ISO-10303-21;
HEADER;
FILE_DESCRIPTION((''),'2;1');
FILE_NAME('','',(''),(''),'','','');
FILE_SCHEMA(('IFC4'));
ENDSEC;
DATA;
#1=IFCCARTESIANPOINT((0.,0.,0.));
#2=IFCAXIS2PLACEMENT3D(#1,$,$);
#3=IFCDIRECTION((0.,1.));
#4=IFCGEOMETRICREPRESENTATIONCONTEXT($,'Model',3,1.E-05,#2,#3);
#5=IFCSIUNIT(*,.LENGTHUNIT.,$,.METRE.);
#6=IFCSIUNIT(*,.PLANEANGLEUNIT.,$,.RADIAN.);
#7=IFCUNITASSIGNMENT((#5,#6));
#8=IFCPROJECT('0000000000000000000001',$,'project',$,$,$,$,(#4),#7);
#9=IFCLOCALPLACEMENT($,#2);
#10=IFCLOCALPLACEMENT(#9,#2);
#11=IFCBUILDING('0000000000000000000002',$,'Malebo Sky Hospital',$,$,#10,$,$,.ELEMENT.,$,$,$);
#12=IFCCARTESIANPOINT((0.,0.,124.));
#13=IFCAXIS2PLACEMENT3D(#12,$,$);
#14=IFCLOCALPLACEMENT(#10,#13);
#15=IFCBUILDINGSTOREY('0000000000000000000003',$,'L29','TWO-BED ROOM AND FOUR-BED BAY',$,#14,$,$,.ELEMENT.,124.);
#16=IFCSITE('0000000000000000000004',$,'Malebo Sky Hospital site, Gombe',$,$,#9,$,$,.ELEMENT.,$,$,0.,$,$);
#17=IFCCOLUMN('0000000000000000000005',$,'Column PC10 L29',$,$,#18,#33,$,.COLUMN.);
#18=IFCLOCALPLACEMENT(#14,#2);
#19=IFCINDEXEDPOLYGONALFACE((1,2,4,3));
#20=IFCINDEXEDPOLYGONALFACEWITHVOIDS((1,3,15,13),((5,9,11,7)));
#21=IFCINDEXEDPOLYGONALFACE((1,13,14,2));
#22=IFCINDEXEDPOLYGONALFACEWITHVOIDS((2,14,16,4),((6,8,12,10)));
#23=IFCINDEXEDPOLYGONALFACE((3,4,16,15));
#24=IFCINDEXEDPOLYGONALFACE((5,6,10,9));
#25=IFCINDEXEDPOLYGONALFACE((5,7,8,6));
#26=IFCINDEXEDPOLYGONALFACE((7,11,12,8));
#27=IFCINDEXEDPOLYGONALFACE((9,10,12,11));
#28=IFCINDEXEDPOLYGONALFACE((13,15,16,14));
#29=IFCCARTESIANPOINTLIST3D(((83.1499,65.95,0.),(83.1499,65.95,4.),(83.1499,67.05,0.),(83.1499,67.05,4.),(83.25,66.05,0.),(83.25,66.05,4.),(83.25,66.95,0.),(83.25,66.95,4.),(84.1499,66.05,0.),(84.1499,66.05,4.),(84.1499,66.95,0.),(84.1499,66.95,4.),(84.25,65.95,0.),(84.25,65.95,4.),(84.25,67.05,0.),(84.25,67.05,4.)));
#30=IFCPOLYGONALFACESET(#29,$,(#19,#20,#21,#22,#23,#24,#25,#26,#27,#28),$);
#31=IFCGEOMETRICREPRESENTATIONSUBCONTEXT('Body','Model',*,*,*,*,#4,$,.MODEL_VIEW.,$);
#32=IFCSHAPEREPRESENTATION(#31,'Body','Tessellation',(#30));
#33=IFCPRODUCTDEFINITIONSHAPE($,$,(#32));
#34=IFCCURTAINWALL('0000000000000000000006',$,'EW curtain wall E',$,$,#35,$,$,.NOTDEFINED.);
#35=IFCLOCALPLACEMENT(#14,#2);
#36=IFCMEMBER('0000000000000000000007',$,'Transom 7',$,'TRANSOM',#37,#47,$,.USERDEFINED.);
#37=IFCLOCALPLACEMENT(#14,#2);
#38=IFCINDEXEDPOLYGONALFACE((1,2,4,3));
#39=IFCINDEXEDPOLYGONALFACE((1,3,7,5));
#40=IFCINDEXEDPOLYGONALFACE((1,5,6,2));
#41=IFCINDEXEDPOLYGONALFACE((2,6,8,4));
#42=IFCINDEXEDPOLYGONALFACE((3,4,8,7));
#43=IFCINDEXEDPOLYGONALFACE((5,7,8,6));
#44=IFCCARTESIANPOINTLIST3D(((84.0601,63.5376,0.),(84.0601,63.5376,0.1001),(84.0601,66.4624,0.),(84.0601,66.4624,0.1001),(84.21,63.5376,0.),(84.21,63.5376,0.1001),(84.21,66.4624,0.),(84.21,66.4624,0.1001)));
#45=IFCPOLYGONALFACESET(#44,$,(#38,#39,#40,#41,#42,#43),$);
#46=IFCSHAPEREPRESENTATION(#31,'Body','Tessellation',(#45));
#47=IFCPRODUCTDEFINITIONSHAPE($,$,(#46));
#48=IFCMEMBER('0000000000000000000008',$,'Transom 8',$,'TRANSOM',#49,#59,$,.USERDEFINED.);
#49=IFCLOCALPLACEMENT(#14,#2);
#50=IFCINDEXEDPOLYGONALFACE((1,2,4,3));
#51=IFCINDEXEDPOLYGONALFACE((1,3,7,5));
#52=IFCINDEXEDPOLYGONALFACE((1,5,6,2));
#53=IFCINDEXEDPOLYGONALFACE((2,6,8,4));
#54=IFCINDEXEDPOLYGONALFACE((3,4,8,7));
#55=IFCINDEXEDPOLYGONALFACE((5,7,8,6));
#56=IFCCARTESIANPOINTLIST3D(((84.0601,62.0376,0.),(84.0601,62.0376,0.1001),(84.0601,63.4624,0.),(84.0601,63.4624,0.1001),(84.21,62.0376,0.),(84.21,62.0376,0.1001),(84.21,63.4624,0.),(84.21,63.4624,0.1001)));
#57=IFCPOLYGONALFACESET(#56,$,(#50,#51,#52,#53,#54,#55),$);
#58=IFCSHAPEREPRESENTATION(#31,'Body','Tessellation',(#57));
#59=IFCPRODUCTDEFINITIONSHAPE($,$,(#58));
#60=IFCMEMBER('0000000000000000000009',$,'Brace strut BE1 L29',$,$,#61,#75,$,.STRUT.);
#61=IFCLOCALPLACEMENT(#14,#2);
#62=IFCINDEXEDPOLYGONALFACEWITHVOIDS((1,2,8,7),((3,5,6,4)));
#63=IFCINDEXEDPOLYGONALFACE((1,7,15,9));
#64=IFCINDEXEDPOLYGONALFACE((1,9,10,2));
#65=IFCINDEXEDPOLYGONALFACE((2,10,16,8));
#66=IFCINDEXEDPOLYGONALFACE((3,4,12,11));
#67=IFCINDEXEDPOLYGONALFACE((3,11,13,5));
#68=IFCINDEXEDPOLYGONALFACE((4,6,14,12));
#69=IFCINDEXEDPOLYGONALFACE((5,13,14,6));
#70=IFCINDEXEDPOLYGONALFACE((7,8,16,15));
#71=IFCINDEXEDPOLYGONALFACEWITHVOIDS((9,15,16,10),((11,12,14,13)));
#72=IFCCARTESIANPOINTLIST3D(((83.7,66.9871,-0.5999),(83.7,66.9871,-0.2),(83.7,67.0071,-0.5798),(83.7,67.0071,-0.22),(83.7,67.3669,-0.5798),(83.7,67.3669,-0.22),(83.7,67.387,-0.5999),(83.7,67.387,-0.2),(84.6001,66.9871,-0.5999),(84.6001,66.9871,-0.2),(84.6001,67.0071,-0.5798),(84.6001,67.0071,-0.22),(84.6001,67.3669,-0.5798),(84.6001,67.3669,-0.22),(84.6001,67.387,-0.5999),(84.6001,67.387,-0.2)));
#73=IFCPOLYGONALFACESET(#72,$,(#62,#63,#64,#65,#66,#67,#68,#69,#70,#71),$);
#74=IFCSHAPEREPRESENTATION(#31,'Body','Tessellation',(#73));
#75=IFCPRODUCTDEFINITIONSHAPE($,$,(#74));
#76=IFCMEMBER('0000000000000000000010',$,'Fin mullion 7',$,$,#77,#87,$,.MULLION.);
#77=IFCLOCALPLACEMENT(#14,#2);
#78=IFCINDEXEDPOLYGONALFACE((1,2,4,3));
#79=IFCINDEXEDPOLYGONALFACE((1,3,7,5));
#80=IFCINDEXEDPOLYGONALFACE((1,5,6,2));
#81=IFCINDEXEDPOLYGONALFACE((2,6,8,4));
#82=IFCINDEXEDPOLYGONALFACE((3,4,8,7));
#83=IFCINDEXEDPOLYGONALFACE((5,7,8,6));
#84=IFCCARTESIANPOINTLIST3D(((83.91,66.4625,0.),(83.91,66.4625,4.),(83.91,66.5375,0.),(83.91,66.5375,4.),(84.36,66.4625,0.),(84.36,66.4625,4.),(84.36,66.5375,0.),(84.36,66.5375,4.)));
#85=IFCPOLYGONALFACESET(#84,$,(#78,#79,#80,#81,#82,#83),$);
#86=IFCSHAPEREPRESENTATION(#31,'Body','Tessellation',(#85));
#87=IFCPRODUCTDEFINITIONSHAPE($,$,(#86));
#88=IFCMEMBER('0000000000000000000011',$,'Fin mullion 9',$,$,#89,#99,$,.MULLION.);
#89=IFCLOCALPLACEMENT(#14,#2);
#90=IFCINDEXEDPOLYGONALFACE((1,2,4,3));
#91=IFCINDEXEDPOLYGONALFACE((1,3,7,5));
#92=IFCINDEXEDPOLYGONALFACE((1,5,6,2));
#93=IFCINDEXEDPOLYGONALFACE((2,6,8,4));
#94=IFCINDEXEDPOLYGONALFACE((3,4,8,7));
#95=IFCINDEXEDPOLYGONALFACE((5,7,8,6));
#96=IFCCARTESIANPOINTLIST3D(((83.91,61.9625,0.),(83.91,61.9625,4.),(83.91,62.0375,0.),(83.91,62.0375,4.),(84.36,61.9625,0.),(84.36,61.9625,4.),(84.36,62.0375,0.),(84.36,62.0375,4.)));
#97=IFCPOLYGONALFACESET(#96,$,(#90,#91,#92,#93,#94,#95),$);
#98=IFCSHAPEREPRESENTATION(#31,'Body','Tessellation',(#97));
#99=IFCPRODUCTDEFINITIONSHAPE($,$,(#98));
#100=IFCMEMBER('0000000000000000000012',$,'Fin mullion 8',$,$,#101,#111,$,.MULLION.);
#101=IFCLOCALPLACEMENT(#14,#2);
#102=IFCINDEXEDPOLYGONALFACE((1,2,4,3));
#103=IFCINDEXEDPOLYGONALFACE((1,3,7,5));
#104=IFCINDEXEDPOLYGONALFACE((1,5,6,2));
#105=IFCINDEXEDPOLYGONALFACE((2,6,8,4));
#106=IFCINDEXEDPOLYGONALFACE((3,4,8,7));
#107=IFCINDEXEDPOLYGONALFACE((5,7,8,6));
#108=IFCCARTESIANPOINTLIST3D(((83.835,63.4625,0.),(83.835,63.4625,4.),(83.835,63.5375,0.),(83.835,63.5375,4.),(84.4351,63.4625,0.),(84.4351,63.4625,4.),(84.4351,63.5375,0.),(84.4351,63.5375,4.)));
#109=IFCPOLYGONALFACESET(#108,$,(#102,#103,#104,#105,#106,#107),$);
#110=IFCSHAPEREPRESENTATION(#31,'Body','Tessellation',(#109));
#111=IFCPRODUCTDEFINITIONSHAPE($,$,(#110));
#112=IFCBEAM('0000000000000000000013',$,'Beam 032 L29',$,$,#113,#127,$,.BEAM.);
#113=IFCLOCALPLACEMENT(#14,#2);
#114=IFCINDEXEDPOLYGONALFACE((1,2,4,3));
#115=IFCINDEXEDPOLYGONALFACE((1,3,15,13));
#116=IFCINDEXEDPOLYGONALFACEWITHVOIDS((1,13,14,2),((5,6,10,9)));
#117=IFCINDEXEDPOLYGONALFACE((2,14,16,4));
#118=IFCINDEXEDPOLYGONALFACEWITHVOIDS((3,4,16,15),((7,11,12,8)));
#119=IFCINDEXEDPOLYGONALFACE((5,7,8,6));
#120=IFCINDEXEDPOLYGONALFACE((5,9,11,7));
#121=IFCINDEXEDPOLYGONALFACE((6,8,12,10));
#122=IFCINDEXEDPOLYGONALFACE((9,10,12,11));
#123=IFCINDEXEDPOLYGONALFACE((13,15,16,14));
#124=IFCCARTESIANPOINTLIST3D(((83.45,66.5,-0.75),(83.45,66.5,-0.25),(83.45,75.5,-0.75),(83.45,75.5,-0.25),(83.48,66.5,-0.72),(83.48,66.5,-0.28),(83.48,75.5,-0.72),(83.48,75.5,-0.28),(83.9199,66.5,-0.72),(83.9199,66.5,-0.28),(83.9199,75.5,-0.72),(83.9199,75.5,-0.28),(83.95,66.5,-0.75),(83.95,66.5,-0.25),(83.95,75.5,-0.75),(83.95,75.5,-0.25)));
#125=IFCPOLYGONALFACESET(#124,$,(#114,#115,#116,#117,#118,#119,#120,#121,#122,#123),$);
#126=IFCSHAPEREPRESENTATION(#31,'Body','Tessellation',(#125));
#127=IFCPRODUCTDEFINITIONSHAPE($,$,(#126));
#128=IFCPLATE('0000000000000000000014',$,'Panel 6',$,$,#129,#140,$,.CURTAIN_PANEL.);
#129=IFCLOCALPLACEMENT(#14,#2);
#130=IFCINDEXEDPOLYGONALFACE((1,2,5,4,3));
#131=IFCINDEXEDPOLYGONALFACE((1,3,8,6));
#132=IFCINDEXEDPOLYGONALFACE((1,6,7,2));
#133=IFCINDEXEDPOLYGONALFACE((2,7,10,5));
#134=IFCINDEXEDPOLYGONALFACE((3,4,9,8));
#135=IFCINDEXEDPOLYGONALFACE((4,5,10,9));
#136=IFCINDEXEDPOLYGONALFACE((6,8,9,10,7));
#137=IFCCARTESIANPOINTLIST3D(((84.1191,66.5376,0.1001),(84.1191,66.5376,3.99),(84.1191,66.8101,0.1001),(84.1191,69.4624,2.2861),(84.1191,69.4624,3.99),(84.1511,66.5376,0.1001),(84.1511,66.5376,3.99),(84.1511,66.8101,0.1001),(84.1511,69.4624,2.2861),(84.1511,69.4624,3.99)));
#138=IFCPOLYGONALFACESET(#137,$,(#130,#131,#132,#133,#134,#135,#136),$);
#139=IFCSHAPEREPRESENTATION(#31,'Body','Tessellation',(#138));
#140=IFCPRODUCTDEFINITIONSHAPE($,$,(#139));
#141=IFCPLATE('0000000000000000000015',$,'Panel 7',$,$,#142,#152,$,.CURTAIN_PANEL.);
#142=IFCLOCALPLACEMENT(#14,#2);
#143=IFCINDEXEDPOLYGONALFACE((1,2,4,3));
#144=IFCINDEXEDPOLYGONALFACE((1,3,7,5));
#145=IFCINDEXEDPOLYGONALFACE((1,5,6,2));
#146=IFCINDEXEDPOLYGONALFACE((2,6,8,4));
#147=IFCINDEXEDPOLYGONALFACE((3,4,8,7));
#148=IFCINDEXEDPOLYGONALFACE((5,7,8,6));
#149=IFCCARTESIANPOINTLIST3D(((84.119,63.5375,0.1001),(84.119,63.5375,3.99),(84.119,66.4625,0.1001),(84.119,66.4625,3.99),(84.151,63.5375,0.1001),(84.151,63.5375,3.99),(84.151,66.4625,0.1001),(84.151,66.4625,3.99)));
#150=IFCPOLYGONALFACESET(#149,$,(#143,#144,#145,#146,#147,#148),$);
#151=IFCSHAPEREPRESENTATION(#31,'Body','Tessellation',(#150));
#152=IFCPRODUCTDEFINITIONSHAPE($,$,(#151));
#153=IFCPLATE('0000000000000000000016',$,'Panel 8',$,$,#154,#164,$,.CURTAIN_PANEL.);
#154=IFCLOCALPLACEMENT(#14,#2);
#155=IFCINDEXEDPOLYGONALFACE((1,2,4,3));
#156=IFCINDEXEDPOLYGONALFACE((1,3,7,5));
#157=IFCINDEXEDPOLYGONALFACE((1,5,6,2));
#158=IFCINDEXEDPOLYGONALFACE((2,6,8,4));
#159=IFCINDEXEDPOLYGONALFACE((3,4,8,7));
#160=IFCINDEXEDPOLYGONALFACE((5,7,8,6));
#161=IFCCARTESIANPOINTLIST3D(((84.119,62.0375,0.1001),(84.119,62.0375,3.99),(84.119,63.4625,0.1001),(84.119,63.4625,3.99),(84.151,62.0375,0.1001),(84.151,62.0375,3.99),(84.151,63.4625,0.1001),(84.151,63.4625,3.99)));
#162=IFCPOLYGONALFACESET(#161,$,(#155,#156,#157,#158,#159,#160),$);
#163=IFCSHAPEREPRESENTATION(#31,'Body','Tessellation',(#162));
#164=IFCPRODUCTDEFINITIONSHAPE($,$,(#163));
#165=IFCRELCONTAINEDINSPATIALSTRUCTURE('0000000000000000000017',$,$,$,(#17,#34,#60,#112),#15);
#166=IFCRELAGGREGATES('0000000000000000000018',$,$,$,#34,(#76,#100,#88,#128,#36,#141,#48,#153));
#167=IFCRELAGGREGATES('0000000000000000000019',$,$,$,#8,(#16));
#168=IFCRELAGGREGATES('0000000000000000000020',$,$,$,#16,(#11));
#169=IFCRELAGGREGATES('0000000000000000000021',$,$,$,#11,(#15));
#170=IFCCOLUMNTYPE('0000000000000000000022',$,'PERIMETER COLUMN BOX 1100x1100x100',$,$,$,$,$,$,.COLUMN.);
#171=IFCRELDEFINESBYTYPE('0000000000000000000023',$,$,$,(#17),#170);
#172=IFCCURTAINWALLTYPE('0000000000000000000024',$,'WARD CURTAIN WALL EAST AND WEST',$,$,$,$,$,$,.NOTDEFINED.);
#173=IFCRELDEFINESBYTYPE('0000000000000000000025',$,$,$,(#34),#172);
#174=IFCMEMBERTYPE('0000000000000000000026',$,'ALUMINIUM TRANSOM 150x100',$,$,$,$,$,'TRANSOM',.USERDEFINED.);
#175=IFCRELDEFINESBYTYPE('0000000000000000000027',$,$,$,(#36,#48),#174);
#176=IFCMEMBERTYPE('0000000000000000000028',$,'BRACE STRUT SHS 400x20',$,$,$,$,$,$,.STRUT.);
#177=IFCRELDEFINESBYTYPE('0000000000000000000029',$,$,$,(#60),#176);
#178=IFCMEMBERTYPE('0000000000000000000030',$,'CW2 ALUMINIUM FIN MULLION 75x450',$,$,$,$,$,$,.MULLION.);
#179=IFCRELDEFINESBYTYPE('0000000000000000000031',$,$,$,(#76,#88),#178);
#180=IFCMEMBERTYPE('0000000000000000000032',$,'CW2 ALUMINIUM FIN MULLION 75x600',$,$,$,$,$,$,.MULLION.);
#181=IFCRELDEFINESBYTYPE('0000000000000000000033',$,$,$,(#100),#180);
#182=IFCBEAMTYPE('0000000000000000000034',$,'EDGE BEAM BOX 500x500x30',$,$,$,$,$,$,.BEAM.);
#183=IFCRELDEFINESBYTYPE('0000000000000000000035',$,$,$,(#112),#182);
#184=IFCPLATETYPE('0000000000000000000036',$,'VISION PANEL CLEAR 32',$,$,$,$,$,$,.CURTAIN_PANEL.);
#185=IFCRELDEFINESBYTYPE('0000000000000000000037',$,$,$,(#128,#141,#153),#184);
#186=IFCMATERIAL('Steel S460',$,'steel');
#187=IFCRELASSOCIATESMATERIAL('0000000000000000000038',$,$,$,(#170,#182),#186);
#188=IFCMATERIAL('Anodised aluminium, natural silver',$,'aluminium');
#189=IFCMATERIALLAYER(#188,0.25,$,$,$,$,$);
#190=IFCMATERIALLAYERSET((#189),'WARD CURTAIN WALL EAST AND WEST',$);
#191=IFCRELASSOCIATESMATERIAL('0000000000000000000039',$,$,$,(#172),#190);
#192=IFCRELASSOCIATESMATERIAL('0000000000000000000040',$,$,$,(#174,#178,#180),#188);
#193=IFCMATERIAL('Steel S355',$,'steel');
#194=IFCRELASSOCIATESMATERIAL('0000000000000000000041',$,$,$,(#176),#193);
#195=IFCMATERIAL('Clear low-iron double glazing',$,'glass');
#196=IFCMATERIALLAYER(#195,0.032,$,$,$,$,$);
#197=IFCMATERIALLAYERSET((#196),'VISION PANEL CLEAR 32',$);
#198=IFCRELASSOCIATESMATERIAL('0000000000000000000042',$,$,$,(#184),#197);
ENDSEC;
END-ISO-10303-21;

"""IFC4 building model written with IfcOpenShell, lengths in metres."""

from ifc_helpers import new_model, si_unit, direction, frame, origin, origin_2d, place, context, subcontext, project, spatial, polyline, rectangle, hollow_rectangle, outline, extrude, material, layer, layer_set, material_profile, profile_set, type_object, element, aggregate, save


model = new_model("IFC4")

# Units and contexts
model_context = context("Model", 3, precision=1e-05, world=origin(), true_north=direction((0.0, 1.0)))
body_context = subcontext(model_context, "Body", "Model", "MODEL_VIEW")
ifc_project = project(units=[si_unit("LENGTHUNIT", "METRE"), si_unit("PLANEANGLEUNIT", "RADIAN")], contexts=[model_context])

# Site, building, storey
site_placement = place(None, origin())
site = spatial("IfcSite", under=ifc_project, at=site_placement, Name="Malebo Sky Hospital site, Gombe", CompositionType="ELEMENT", RefElevation=0.0)
building_placement = place(site_placement, origin())
building = spatial("IfcBuilding", under=site, at=building_placement, Name="Malebo Sky Hospital", CompositionType="ELEMENT")
storey_placement = place(building_placement, frame((0.0, 0.0, 124.0)))
storey = spatial("IfcBuildingStorey", under=building, at=storey_placement, Name="L29", Description="TWO-BED ROOM AND FOUR-BED BAY", CompositionType="ELEMENT", Elevation=124.0)

# Column
ifc_material_1 = material(Name="Steel S460", Category="steel")
ifc_material_profile_1 = material_profile(ifc_material_1, hollow_rectangle(XDim=1.1001, YDim=1.1001, WallThickness=0.1001, at=origin_2d()), Name="BOX 1100x1100x100")
ifc_profile_set_1 = profile_set([ifc_material_profile_1], Name="Steel S460")
column_type = type_object("IfcColumnType", Name="PERIMETER COLUMN BOX 1100x1100x100", PredefinedType="COLUMN", material=ifc_profile_set_1)
column_placement = place(storey_placement, frame((83.7, 66.5, 0.0), z_axis=(0.0, 0.0, 1.0), x_axis=(1.0, 0.0, 0.0)))
element("IfcColumn", 1, at=column_placement, inside=storey, type_object=column_type, Name="Column PC10 L29", PredefinedType="COLUMN", context=body_context, shape_type="SweptSolid", body=[
    extrude(hollow_rectangle(XDim=1.1001, YDim=1.1001, WallThickness=0.1001, at=origin_2d()), origin(), (0.0, 0.0, 1.0), 4.0),
])

# Curtain wall, members
ifc_material_2 = material(Name="Anodised aluminium, natural silver", Category="aluminium")
ifc_layer_1 = layer(ifc_material_2, 0.25)
ifc_layer_set_1 = layer_set([ifc_layer_1], Name="WARD CURTAIN WALL EAST AND WEST")
curtain_wall_type = type_object("IfcCurtainWallType", Name="WARD CURTAIN WALL EAST AND WEST", PredefinedType="NOTDEFINED", material=ifc_layer_set_1)
curtain_wall_placement = place(storey_placement, origin())
curtain_wall = element("IfcCurtainWall", 2, at=curtain_wall_placement, inside=storey, type_object=curtain_wall_type, Name="EW curtain wall E", PredefinedType="NOTDEFINED")
ifc_material_profile_2 = material_profile(ifc_material_2, rectangle(XDim=0.1499, YDim=0.1001, at=origin_2d()), Name="ALUMINIUM TRANSOM 150x100")
ifc_profile_set_2 = profile_set([ifc_material_profile_2], Name="Anodised aluminium, natural silver")
member_type_1 = type_object("IfcMemberType", Name="ALUMINIUM TRANSOM 150x100", ElementType="TRANSOM", PredefinedType="USERDEFINED", material=ifc_profile_set_2)
member_1_placement = place(storey_placement, frame((84.135, 66.4624, 0.05), z_axis=(0.0, -1.0, 0.0), x_axis=(1.0, 0.0, 0.0)))
member_1 = element("IfcMember", 3, at=member_1_placement, type_object=member_type_1, Name="Transom 7", ObjectType="TRANSOM", PredefinedType="USERDEFINED", context=body_context, shape_type="SweptSolid", body=[
    extrude(rectangle(XDim=0.1499, YDim=0.1001, at=origin_2d()), origin(), (0.0, 0.0, 1.0), 2.9248),
])
member_2_placement = place(storey_placement, frame((84.135, 63.4624, 0.05), z_axis=(0.0, -1.0, 0.0), x_axis=(1.0, 0.0, 0.0)))
member_2 = element("IfcMember", 4, at=member_2_placement, type_object=member_type_1, Name="Transom 8", ObjectType="TRANSOM", PredefinedType="USERDEFINED", context=body_context, shape_type="SweptSolid", body=[
    extrude(rectangle(XDim=0.1499, YDim=0.1001, at=origin_2d()), origin(), (0.0, 0.0, 1.0), 1.4248),
])

# Members
ifc_material_3 = material(Name="Steel S355", Category="steel")
ifc_material_profile_3 = material_profile(ifc_material_3, hollow_rectangle(XDim=0.3999, YDim=0.3999, WallThickness=0.02, at=origin_2d()), Name="SHS 400x20")
ifc_profile_set_3 = profile_set([ifc_material_profile_3], Name="Steel S355")
member_type_2 = type_object("IfcMemberType", Name="BRACE STRUT SHS 400x20", PredefinedType="STRUT", material=ifc_profile_set_3)
member_3_placement = place(storey_placement, frame((84.6001, 67.187, -0.3999), z_axis=(-1.0, 0.0, 0.0), x_axis=(0.0, -1.0, 0.0)))
element("IfcMember", 5, at=member_3_placement, inside=storey, type_object=member_type_2, Name="Brace strut BE1 L29", PredefinedType="STRUT", context=body_context, shape_type="SweptSolid", body=[
    extrude(hollow_rectangle(XDim=0.3999, YDim=0.3999, WallThickness=0.02, at=origin_2d()), origin(), (0.0, 0.0, 1.0), 0.9001),
])
ifc_material_profile_4 = material_profile(ifc_material_2, rectangle(XDim=0.075, YDim=0.45, at=origin_2d()), Name="CW2 ALUMINIUM FIN MULLION 75x450")
ifc_profile_set_4 = profile_set([ifc_material_profile_4], Name="Anodised aluminium, natural silver")
member_type_3 = type_object("IfcMemberType", Name="CW2 ALUMINIUM FIN MULLION 75x450", PredefinedType="MULLION", material=ifc_profile_set_4)
member_4_placement = place(storey_placement, frame((84.135, 66.5, 0.0), z_axis=(0.0, 0.0, 1.0), x_axis=(0.0, -1.0, 0.0)))
member_4 = element("IfcMember", 6, at=member_4_placement, type_object=member_type_3, Name="Fin mullion 7", PredefinedType="MULLION", context=body_context, shape_type="SweptSolid", body=[
    extrude(rectangle(XDim=0.075, YDim=0.45, at=origin_2d()), origin(), (0.0, 0.0, 1.0), 4.0),
])
member_5_placement = place(storey_placement, frame((84.135, 62.0, 0.0), z_axis=(0.0, 0.0, 1.0), x_axis=(0.0, -1.0, 0.0)))
member_5 = element("IfcMember", 7, at=member_5_placement, type_object=member_type_3, Name="Fin mullion 9", PredefinedType="MULLION", context=body_context, shape_type="SweptSolid", body=[
    extrude(rectangle(XDim=0.075, YDim=0.45, at=origin_2d()), origin(), (0.0, 0.0, 1.0), 4.0),
])
ifc_material_profile_5 = material_profile(ifc_material_2, rectangle(XDim=0.075, YDim=0.6001, at=origin_2d()), Name="CW2 ALUMINIUM FIN MULLION 75x600")
ifc_profile_set_5 = profile_set([ifc_material_profile_5], Name="Anodised aluminium, natural silver")
member_type_4 = type_object("IfcMemberType", Name="CW2 ALUMINIUM FIN MULLION 75x600", PredefinedType="MULLION", material=ifc_profile_set_5)
member_6_placement = place(storey_placement, frame((84.135, 63.5, 0.0), z_axis=(0.0, 0.0, 1.0), x_axis=(0.0, -1.0, 0.0)))
member_6 = element("IfcMember", 8, at=member_6_placement, type_object=member_type_4, Name="Fin mullion 8", PredefinedType="MULLION", context=body_context, shape_type="SweptSolid", body=[
    extrude(rectangle(XDim=0.075, YDim=0.6001, at=origin_2d()), origin(), (0.0, 0.0, 1.0), 4.0),
])

# Beam
ifc_material_profile_6 = material_profile(ifc_material_1, hollow_rectangle(XDim=0.5, YDim=0.5, WallThickness=0.03, at=origin_2d()), Name="BOX 500x500x30")
ifc_profile_set_6 = profile_set([ifc_material_profile_6], Name="Steel S460")
beam_type = type_object("IfcBeamType", Name="EDGE BEAM BOX 500x500x30", PredefinedType="BEAM", material=ifc_profile_set_6)
beam_placement = place(storey_placement, frame((83.7, 66.5, -0.5), z_axis=(0.0, 1.0, 0.0), x_axis=(-1.0, 0.0, 0.0)))
element("IfcBeam", 9, at=beam_placement, inside=storey, type_object=beam_type, Name="Beam 032 L29", PredefinedType="BEAM", context=body_context, shape_type="SweptSolid", body=[
    extrude(hollow_rectangle(XDim=0.5, YDim=0.5, WallThickness=0.03, at=origin_2d()), origin(), (0.0, 0.0, 1.0), 9.0),
])

# Plates
ifc_material_4 = material(Name="Clear low-iron double glazing", Category="glass")
ifc_layer_2 = layer(ifc_material_4, 0.032)
ifc_layer_set_2 = layer_set([ifc_layer_2], Name="VISION PANEL CLEAR 32")
plate_type = type_object("IfcPlateType", Name="VISION PANEL CLEAR 32", PredefinedType="CURTAIN_PANEL", material=ifc_layer_set_2)
plate_1_placement = place(storey_placement, frame((84.135, 68.0, 0.1001), z_axis=(0.0, 0.0, 1.0), x_axis=(0.0, -1.0, 0.0)))
plate_1 = element("IfcPlate", 10, at=plate_1_placement, type_object=plate_type, Name="Panel 6", PredefinedType="CURTAIN_PANEL", context=body_context, shape_type="SweptSolid", body=[
    extrude(outline(polyline([(1.1899, 0.0), (1.4624, 0.0), (1.4624, 3.8899), (-1.4624, 3.8899), (-1.4624, 2.186), (1.1899, 0.0)])), frame((0.0, 0.0161, 0.0), z_axis=(0.0, -1.0, 0.0), x_axis=(1.0, 0.0, 0.0)), (0.0, 0.0, 1.0), 0.032),
])
plate_2_placement = place(storey_placement, frame((84.135, 65.0, 0.1001), z_axis=(0.0, 0.0, 1.0), x_axis=(0.0, -1.0, 0.0)))
plate_2 = element("IfcPlate", 11, at=plate_2_placement, type_object=plate_type, Name="Panel 7", PredefinedType="CURTAIN_PANEL", context=body_context, shape_type="SweptSolid", body=[
    extrude(rectangle(XDim=2.925, YDim=0.032, at=origin_2d()), origin(), (0.0, 0.0, 1.0), 3.8899),
])
plate_3_placement = place(storey_placement, frame((84.135, 62.75, 0.1001), z_axis=(0.0, 0.0, 1.0), x_axis=(0.0, -1.0, 0.0)))
plate_3 = element("IfcPlate", 12, at=plate_3_placement, type_object=plate_type, Name="Panel 8", PredefinedType="CURTAIN_PANEL", context=body_context, shape_type="SweptSolid", body=[
    extrude(rectangle(XDim=1.425, YDim=0.032, at=origin_2d()), origin(), (0.0, 0.0, 1.0), 3.8899),
])
aggregate(curtain_wall, [member_4, member_6, member_5, plate_1, member_1, plate_2, member_2, plate_3])

save(model, "model.ifc")
